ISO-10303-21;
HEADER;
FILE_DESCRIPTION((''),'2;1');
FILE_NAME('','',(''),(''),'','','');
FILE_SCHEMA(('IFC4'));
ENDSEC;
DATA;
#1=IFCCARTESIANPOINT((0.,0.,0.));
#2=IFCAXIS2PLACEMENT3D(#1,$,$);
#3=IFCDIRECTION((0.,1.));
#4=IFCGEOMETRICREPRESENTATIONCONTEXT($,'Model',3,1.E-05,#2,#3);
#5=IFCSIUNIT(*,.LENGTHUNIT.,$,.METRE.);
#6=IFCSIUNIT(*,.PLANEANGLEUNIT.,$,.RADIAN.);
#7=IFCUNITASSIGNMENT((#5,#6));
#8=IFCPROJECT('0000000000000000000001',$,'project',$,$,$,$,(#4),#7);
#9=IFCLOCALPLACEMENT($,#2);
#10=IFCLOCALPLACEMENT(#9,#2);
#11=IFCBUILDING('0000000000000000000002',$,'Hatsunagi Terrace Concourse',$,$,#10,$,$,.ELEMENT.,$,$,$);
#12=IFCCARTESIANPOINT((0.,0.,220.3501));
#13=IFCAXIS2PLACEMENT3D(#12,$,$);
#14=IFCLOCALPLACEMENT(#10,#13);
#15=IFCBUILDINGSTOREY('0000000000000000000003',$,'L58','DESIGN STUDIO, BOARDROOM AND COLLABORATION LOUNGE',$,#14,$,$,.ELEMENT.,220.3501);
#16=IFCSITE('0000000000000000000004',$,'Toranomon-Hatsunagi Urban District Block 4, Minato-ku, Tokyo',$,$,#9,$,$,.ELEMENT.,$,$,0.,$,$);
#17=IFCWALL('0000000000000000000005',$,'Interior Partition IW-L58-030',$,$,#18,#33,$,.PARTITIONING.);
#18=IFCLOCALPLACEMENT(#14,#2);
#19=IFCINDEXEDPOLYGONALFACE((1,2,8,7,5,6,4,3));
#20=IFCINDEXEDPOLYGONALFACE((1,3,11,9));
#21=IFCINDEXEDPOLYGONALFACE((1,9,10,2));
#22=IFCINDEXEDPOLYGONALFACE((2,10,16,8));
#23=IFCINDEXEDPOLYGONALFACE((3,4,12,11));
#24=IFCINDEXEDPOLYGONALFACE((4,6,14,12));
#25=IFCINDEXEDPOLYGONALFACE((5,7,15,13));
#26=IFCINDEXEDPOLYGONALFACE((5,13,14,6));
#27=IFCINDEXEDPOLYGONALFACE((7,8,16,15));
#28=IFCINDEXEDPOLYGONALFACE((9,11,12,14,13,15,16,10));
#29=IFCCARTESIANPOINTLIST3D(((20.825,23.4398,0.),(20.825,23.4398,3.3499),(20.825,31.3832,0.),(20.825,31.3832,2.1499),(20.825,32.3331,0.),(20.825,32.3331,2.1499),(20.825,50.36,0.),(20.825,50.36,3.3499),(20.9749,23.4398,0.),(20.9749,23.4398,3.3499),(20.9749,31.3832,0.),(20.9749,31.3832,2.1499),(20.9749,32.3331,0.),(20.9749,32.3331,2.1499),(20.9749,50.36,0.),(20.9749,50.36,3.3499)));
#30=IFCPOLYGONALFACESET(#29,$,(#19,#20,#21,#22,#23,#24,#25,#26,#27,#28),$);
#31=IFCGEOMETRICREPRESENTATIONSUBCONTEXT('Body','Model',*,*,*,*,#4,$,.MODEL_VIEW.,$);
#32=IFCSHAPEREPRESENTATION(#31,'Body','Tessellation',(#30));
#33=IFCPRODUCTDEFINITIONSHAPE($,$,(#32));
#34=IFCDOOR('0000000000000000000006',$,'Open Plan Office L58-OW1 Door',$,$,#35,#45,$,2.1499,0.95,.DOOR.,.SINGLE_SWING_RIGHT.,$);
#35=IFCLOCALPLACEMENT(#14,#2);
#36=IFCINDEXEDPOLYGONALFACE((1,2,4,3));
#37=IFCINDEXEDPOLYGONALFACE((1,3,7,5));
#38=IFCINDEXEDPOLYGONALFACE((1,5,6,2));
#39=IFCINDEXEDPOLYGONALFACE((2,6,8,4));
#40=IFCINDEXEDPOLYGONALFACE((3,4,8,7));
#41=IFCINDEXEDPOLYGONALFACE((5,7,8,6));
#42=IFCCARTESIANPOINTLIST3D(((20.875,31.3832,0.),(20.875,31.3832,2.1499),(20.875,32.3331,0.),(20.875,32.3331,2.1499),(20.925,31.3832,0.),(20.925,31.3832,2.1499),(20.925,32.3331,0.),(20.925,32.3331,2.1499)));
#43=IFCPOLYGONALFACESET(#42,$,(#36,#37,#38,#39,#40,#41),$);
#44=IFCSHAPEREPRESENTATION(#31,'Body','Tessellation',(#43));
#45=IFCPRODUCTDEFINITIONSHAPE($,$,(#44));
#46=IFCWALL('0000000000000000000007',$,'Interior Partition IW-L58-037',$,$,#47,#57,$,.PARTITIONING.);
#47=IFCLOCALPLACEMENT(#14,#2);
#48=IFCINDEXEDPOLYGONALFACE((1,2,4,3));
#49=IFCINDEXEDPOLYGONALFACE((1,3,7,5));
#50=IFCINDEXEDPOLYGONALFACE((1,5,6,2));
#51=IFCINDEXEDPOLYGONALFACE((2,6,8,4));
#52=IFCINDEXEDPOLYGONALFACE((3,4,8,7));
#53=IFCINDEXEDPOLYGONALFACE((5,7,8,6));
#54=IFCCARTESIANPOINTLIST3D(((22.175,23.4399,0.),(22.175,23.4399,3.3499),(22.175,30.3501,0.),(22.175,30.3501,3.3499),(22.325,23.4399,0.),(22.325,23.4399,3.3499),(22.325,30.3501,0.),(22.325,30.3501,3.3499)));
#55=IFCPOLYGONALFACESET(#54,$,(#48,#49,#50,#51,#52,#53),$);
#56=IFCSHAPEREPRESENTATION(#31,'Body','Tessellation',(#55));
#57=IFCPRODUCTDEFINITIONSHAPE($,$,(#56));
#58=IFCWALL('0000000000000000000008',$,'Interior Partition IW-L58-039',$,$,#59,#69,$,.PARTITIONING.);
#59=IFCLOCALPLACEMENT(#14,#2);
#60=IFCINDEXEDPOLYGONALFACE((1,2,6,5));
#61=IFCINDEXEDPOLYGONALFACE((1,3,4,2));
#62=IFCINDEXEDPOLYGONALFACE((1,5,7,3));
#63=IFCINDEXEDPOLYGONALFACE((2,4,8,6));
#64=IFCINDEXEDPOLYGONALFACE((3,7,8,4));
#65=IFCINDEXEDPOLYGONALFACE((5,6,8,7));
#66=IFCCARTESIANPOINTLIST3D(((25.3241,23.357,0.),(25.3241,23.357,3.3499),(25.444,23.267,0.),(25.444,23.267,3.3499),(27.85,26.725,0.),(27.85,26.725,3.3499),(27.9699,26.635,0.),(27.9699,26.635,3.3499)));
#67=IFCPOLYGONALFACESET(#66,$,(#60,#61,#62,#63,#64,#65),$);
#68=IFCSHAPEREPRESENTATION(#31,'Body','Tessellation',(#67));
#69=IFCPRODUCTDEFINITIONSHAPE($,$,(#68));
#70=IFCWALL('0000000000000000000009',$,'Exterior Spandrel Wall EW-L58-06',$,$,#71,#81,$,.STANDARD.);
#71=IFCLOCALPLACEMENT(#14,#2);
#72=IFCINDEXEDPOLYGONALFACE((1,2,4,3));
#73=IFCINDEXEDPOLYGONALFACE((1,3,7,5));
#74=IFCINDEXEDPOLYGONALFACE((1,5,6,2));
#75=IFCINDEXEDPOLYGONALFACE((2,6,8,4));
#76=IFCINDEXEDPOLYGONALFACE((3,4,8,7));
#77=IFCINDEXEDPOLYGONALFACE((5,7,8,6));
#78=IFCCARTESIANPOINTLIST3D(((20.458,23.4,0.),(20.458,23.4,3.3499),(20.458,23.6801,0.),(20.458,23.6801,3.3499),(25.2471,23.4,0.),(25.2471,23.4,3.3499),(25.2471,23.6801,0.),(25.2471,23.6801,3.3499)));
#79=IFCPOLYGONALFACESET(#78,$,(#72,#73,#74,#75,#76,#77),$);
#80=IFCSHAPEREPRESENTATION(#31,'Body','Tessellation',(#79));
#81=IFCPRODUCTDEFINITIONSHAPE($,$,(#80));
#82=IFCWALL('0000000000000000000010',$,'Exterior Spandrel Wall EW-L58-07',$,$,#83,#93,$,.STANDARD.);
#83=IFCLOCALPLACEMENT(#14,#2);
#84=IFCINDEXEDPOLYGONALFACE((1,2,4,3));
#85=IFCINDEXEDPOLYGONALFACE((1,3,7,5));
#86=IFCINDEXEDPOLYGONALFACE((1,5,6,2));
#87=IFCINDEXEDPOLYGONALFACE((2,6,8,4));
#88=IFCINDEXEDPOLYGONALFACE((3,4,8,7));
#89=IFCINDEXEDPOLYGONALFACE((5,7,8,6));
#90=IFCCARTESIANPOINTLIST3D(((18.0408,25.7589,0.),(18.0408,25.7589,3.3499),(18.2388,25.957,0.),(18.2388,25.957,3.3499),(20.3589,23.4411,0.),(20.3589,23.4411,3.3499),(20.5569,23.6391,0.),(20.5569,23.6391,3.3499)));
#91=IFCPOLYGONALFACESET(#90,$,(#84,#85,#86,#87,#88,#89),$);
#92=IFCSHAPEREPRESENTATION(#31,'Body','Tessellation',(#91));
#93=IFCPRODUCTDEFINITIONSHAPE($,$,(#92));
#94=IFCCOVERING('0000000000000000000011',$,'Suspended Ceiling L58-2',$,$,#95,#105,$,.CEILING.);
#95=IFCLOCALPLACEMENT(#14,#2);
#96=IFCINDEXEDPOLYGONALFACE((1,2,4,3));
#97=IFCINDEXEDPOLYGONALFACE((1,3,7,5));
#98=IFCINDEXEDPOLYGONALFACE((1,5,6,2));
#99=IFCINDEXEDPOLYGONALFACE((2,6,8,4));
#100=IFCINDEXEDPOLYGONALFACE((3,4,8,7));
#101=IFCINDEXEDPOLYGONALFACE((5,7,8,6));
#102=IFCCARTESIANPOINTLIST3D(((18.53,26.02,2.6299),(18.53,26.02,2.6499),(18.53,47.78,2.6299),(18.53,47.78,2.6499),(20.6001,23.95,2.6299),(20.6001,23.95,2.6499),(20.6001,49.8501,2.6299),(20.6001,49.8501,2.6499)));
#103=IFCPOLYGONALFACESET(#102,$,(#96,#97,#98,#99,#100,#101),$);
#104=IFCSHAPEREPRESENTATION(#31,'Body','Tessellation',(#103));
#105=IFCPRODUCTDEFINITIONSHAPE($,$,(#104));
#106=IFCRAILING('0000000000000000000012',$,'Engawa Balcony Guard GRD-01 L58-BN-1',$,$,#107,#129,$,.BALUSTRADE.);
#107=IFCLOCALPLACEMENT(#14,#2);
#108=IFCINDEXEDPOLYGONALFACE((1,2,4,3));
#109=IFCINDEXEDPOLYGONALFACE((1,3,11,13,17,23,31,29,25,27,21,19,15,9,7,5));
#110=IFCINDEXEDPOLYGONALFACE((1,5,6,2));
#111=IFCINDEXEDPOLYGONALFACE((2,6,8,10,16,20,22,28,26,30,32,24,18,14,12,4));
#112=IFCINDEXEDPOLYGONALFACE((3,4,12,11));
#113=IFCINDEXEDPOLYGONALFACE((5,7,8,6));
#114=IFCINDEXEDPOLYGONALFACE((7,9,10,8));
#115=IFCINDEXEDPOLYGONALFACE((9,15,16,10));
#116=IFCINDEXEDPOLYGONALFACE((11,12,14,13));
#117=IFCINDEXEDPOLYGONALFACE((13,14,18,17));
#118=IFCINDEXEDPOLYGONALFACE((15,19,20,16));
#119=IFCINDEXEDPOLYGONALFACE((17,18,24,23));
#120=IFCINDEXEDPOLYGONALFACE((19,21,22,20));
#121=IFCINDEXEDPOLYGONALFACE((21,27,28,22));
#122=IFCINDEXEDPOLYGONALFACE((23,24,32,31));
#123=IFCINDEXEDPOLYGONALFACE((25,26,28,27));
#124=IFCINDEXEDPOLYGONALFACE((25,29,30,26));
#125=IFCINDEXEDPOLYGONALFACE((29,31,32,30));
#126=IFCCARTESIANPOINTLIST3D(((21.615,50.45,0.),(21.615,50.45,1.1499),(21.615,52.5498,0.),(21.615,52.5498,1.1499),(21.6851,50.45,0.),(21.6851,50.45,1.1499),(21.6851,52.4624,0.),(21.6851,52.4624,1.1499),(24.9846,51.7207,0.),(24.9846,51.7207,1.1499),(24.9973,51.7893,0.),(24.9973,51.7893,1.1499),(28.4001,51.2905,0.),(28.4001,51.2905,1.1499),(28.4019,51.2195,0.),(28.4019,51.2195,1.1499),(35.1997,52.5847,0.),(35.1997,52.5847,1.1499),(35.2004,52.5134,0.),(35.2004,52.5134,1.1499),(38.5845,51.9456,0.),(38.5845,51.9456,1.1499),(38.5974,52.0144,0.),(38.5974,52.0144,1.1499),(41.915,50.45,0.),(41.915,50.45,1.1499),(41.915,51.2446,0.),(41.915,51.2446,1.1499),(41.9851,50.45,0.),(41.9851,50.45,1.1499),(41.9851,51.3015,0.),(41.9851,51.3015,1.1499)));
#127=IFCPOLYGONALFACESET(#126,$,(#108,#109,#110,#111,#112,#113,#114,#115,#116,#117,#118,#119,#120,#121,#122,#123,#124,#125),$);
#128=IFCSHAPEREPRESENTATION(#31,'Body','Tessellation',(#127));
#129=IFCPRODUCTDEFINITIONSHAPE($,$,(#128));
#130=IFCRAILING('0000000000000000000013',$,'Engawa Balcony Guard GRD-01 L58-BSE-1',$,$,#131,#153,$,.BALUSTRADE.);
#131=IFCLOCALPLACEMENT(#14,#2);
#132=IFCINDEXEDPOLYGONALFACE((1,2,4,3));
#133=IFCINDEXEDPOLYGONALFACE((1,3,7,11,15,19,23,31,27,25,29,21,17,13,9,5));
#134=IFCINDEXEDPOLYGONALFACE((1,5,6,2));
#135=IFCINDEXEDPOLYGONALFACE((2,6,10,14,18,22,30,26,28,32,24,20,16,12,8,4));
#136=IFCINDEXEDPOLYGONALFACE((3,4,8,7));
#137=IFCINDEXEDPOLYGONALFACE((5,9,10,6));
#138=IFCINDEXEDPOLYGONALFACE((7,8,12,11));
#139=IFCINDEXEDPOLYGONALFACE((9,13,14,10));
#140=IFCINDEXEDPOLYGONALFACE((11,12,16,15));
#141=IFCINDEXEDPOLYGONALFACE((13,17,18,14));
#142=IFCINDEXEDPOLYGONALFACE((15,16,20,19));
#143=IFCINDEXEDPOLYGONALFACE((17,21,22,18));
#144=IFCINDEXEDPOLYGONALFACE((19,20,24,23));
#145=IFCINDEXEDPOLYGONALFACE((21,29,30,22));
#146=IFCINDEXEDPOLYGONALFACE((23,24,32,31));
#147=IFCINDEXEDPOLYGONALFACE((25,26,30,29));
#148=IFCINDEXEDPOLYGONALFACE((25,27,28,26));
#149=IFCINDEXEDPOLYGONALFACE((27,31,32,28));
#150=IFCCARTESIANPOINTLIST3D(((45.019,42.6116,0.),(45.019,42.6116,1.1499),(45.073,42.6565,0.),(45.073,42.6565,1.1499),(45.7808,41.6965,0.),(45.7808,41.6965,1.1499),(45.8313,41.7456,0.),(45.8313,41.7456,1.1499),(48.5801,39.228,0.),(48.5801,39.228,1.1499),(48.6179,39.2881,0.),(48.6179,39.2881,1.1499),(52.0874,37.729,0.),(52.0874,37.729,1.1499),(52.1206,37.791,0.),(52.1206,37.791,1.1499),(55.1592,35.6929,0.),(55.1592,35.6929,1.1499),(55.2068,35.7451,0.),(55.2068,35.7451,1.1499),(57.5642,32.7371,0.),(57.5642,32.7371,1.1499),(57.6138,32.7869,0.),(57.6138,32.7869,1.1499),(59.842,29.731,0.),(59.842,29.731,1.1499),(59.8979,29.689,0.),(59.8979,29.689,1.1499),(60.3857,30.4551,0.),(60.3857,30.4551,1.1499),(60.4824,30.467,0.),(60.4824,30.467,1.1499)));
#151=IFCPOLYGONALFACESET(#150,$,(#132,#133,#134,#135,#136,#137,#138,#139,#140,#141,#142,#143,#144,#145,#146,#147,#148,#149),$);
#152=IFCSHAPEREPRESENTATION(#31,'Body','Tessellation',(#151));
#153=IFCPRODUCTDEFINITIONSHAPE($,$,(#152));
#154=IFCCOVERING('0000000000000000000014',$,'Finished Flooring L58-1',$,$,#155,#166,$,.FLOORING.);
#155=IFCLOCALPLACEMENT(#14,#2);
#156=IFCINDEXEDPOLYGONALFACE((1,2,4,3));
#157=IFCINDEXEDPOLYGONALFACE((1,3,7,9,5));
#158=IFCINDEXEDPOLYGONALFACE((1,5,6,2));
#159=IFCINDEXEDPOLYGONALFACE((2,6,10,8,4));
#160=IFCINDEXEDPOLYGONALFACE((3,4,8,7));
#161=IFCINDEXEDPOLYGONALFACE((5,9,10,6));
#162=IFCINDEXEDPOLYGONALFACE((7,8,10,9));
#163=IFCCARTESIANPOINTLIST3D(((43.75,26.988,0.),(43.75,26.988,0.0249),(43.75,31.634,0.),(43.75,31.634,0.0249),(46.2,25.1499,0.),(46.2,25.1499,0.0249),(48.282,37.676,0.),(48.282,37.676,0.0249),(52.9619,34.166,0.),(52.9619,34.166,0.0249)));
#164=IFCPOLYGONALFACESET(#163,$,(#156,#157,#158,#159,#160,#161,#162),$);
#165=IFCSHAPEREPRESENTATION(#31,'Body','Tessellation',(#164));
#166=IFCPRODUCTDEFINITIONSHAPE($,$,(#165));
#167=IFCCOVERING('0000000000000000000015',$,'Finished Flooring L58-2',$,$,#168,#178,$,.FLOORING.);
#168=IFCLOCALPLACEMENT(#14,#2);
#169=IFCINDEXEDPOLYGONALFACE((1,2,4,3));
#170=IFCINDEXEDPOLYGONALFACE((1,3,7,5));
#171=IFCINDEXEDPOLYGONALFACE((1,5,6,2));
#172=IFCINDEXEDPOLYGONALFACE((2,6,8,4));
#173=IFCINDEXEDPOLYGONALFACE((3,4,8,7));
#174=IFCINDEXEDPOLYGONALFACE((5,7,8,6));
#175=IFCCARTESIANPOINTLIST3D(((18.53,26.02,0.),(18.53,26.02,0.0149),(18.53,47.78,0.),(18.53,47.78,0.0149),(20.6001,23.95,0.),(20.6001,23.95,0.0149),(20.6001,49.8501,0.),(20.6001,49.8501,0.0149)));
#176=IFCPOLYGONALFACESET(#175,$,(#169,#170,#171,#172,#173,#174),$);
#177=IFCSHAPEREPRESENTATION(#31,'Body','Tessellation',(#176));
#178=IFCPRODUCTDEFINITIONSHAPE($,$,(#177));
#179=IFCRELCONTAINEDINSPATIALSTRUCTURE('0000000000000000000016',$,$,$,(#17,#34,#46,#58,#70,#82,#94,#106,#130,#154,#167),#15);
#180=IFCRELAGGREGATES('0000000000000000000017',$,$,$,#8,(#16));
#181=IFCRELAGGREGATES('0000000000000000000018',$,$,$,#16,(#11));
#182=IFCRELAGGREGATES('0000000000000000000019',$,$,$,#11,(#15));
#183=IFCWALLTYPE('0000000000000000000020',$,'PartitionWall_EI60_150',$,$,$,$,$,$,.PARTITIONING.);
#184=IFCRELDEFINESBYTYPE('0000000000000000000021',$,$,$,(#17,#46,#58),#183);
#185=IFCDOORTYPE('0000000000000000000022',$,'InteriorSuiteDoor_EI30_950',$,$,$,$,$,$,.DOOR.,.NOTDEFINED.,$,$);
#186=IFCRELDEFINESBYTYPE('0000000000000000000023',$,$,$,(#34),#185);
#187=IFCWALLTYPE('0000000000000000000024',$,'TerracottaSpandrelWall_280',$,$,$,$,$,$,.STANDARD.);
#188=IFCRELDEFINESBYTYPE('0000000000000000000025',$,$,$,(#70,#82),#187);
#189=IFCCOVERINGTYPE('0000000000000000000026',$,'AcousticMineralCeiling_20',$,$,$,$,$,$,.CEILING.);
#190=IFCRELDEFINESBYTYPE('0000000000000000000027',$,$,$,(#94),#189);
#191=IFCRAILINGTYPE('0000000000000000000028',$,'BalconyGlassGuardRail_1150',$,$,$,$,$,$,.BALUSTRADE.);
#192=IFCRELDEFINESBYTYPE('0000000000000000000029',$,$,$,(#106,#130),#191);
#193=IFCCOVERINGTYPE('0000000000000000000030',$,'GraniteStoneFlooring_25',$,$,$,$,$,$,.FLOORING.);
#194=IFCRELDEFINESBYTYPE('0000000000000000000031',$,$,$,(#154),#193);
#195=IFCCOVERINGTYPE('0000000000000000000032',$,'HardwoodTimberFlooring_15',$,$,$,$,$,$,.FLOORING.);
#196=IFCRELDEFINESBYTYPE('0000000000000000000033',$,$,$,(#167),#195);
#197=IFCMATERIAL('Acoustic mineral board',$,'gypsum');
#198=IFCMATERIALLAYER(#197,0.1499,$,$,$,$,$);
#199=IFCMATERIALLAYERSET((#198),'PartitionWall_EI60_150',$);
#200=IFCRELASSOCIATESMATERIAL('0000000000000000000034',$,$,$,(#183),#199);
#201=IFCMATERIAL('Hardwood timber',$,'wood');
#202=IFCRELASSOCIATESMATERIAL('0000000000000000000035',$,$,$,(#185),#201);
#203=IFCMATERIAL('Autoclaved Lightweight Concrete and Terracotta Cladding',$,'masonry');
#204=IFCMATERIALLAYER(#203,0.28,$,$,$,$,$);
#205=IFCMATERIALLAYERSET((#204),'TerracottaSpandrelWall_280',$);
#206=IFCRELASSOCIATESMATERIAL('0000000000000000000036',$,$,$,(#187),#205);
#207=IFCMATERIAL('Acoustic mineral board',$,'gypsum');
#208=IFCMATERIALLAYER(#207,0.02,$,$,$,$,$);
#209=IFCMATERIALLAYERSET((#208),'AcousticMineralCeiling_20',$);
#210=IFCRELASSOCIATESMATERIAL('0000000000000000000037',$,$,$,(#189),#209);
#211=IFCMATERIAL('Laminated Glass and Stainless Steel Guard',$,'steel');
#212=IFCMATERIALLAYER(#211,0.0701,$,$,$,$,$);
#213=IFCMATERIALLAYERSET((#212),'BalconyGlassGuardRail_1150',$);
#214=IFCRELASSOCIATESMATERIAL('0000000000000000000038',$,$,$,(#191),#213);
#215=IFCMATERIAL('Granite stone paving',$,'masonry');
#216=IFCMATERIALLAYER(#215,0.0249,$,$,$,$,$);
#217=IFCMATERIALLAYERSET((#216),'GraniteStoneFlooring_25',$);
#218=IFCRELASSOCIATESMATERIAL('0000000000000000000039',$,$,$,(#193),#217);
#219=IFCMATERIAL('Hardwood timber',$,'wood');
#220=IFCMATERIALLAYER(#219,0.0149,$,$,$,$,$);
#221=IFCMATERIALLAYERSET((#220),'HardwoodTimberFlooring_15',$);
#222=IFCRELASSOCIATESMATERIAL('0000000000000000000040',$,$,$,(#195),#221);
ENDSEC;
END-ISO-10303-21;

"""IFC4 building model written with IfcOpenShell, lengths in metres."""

from ifc_helpers import new_model, si_unit, direction, frame, frame_2d, origin, place, context, subcontext, project, spatial, polyline, rectangle, outline, extrude, material, layer, layer_set, type_object, element, fill, save


model = new_model("IFC4")

# Units and contexts
model_context = context("Model", 3, precision=1e-05, world=origin(), true_north=direction((0.0, 1.0)))
body_context = subcontext(model_context, "Body", "Model", "MODEL_VIEW")
ifc_project = project(units=[si_unit("LENGTHUNIT", "METRE"), si_unit("PLANEANGLEUNIT", "RADIAN")], contexts=[model_context])

# Site, building, storey
site_placement = place(None, origin())
site = spatial("IfcSite", under=ifc_project, at=site_placement, Name="Toranomon-Hatsunagi Urban District Block 4, Minato-ku, Tokyo", CompositionType="ELEMENT", RefElevation=0.0)
building_placement = place(site_placement, origin())
building = spatial("IfcBuilding", under=site, at=building_placement, Name="Hatsunagi Terrace Concourse", CompositionType="ELEMENT")
storey_placement = place(building_placement, frame((0.0, 0.0, 220.3501)))
storey = spatial("IfcBuildingStorey", under=building, at=storey_placement, Name="L58", Description="DESIGN STUDIO, BOARDROOM AND COLLABORATION LOUNGE", CompositionType="ELEMENT", Elevation=220.3501)

# Shared definitions
ifc_material_1 = material(Name="Acoustic mineral board", Category="gypsum")
ifc_layer_1 = layer(ifc_material_1, 0.1499)
ifc_layer_set_1 = layer_set([ifc_layer_1], Name="PartitionWall_EI60_150")
wall_type_1 = type_object("IfcWallType", Name="PartitionWall_EI60_150", PredefinedType="PARTITIONING", material=ifc_layer_set_1)

# Wall, opening, door
wall_1_placement = place(storey_placement, frame((20.8999, 23.4399, 0.0), z_axis=(0.0, 0.0, 1.0), x_axis=(0.0, 1.0, 0.0)))
wall_1 = element("IfcWall", 1, at=wall_1_placement, inside=storey, type_object=wall_type_1, Name="Interior Partition IW-L58-030", PredefinedType="PARTITIONING", context=body_context, shape_type="SweptSolid", body=[
    extrude(rectangle(XDim=26.9202, YDim=0.1499, at=frame_2d((13.46, 0.0))), origin(), (0.0, 0.0, 1.0), 3.3499),
])
opening_placement = place(wall_1_placement, frame((7.9431, 0.0, 0.0)))
opening = element("IfcOpeningElement", 2, at=opening_placement, cuts=wall_1, PredefinedType="OPENING", context=body_context, shape_type="SweptSolid", body=[
    extrude(rectangle(XDim=0.95, YDim=2.1499, at=frame_2d((0.4751, 1.075))), frame((0.0, 0.085, 0.0), z_axis=(0.0, -1.0, 0.0), x_axis=(1.0, 0.0, 0.0)), (0.0, 0.0, 1.0), 0.1699),
])
ifc_material_2 = material(Name="Hardwood timber", Category="wood")
door_type = type_object("IfcDoorType", Name="InteriorSuiteDoor_EI30_950", OperationType="NOTDEFINED", PredefinedType="DOOR", material=ifc_material_2)
door_placement = place(opening_placement, origin())
door = element("IfcDoor", 3, at=door_placement, inside=storey, type_object=door_type, Name="Open Plan Office L58-OW1 Door", OperationType="SINGLE_SWING_RIGHT", OverallHeight=2.1499, OverallWidth=0.95, PredefinedType="DOOR", context=body_context, shape_type="SweptSolid", body=[
    extrude(rectangle(XDim=0.95, YDim=2.1499, at=frame_2d((0.4751, 1.075))), frame((0.0, 0.0249, 0.0), z_axis=(0.0, -1.0, 0.0), x_axis=(1.0, 0.0, 0.0)), (0.0, 0.0, 1.0), 0.05),
])
fill(opening, door)

# Walls
wall_2_placement = place(storey_placement, frame((22.25, 23.4399, 0.0), z_axis=(0.0, 0.0, 1.0), x_axis=(0.0, 1.0, 0.0)))
element("IfcWall", 4, at=wall_2_placement, inside=storey, type_object=wall_type_1, Name="Interior Partition IW-L58-037", PredefinedType="PARTITIONING", context=body_context, shape_type="SweptSolid", body=[
    extrude(rectangle(XDim=6.9102, YDim=0.1499, at=frame_2d((3.4551, 0.0))), origin(), (0.0, 0.0, 1.0), 3.3499),
])
wall_3_placement = place(storey_placement, frame((25.384, 23.312, 0.0), z_axis=(0.0, 0.0, 1.0), x_axis=(0.599991, 0.800007, 0.0)))
element("IfcWall", 5, at=wall_3_placement, inside=storey, type_object=wall_type_1, Name="Interior Partition IW-L58-039", PredefinedType="PARTITIONING", context=body_context, shape_type="SweptSolid", body=[
    extrude(rectangle(XDim=4.21, YDim=0.1499, at=frame_2d((2.105, 0.0))), origin(), (0.0, 0.0, 1.0), 3.3499),
])
ifc_material_3 = material(Name="Autoclaved Lightweight Concrete and Terracotta Cladding", Category="masonry")
ifc_layer_2 = layer(ifc_material_3, 0.28)
ifc_layer_set_2 = layer_set([ifc_layer_2], Name="TerracottaSpandrelWall_280")
wall_type_2 = type_object("IfcWallType", Name="TerracottaSpandrelWall_280", PredefinedType="STANDARD", material=ifc_layer_set_2)
wall_4_placement = place(storey_placement, frame((25.2471, 23.54, 0.0), z_axis=(0.0, 0.0, 1.0), x_axis=(-1.0, 0.0, 0.0)))
element("IfcWall", 6, at=wall_4_placement, inside=storey, type_object=wall_type_2, Name="Exterior Spandrel Wall EW-L58-06", PredefinedType="STANDARD", context=body_context, shape_type="SweptSolid", body=[
    extrude(rectangle(XDim=4.7891, YDim=0.28, at=frame_2d((2.3945, 0.0))), origin(), (0.0, 0.0, 1.0), 3.3499),
])
wall_5_placement = place(storey_placement, frame((20.458, 23.54, 0.0), z_axis=(0.0, 0.0, 1.0), x_axis=(-0.707144, 0.70707, 0.0)))
element("IfcWall", 7, at=wall_5_placement, inside=storey, type_object=wall_type_2, Name="Exterior Spandrel Wall EW-L58-07", PredefinedType="STANDARD", context=body_context, shape_type="SweptSolid", body=[
    extrude(rectangle(XDim=3.2781, YDim=0.28, at=frame_2d((1.6392, 0.0))), origin(), (0.0, 0.0, 1.0), 3.3499),
])

# Covering
ifc_material_4 = material(Name="Acoustic mineral board", Category="gypsum")
ifc_layer_3 = layer(ifc_material_4, 0.02)
ifc_layer_set_3 = layer_set([ifc_layer_3], Name="AcousticMineralCeiling_20")
covering_type_1 = type_object("IfcCoveringType", Name="AcousticMineralCeiling_20", PredefinedType="CEILING", material=ifc_layer_set_3)
covering_1_placement = place(storey_placement, frame((0.0, 0.0, 2.6299)))
element("IfcCovering", 8, at=covering_1_placement, inside=storey, type_object=covering_type_1, Name="Suspended Ceiling L58-2", PredefinedType="CEILING", context=body_context, shape_type="SweptSolid", body=[
    extrude(outline(polyline([(18.53, 26.02), (20.6001, 23.95), (20.6001, 49.8501), (18.53, 47.78), (18.53, 26.02)])), origin(), (0.0, 0.0, 1.0), 0.02),
])

# Railings
ifc_material_5 = material(Name="Laminated Glass and Stainless Steel Guard", Category="steel")
ifc_layer_4 = layer(ifc_material_5, 0.0701)
ifc_layer_set_4 = layer_set([ifc_layer_4], Name="BalconyGlassGuardRail_1150")
railing_type = type_object("IfcRailingType", Name="BalconyGlassGuardRail_1150", PredefinedType="BALUSTRADE", material=ifc_layer_set_4)
railing_1_placement = place(storey_placement, origin())
element("IfcRailing", 9, at=railing_1_placement, inside=storey, type_object=railing_type, Name="Engawa Balcony Guard GRD-01 L58-BN-1", PredefinedType="BALUSTRADE", context=body_context, shape_type="SweptSolid", body=[
    extrude(outline(polyline([(21.615, 50.45), (21.6851, 50.45), (21.6851, 52.4624), (24.9846, 51.7207), (28.4019, 51.2195), (35.2004, 52.5134), (38.5845, 51.9456), (41.915, 51.2446), (41.915, 50.45), (41.9851, 50.45), (41.9851, 51.3015), (38.5974, 52.0144), (35.1997, 52.5847), (28.4001, 51.2905), (24.9973, 51.7893), (21.615, 52.5498), (21.615, 50.45)])), origin(), (0.0, 0.0, 1.0), 1.1499),
])
railing_2_placement = place(storey_placement, origin())
element("IfcRailing", 10, at=railing_2_placement, inside=storey, type_object=railing_type, Name="Engawa Balcony Guard GRD-01 L58-BSE-1", PredefinedType="BALUSTRADE", context=body_context, shape_type="SweptSolid", body=[
    extrude(outline(polyline([(45.073, 42.6565), (45.019, 42.6116), (45.7808, 41.6965), (48.5801, 39.228), (52.0874, 37.729), (55.1592, 35.6929), (57.5642, 32.7371), (60.3857, 30.4551), (59.842, 29.731), (59.8979, 29.689), (60.4824, 30.467), (57.6138, 32.7869), (55.2068, 35.7451), (52.1206, 37.791), (48.6179, 39.2881), (45.8313, 41.7456), (45.073, 42.6565)])), origin(), (0.0, 0.0, 1.0), 1.1499),
])

# Coverings
ifc_material_6 = material(Name="Granite stone paving", Category="masonry")
ifc_layer_5 = layer(ifc_material_6, 0.0249)
ifc_layer_set_5 = layer_set([ifc_layer_5], Name="GraniteStoneFlooring_25")
covering_type_2 = type_object("IfcCoveringType", Name="GraniteStoneFlooring_25", PredefinedType="FLOORING", material=ifc_layer_set_5)
covering_2_placement = place(storey_placement, origin())
element("IfcCovering", 11, at=covering_2_placement, inside=storey, type_object=covering_type_2, Name="Finished Flooring L58-1", PredefinedType="FLOORING", context=body_context, shape_type="SweptSolid", body=[
    extrude(outline(polyline([(48.282, 37.676), (43.75, 31.634), (43.75, 26.988), (46.2, 25.1499), (52.9619, 34.166), (48.282, 37.676)])), origin(), (0.0, 0.0, 1.0), 0.0249),
])
ifc_material_7 = material(Name="Hardwood timber", Category="wood")
ifc_layer_6 = layer(ifc_material_7, 0.0149)
ifc_layer_set_6 = layer_set([ifc_layer_6], Name="HardwoodTimberFlooring_15")
covering_type_3 = type_object("IfcCoveringType", Name="HardwoodTimberFlooring_15", PredefinedType="FLOORING", material=ifc_layer_set_6)
covering_3_placement = place(storey_placement, origin())
element("IfcCovering", 12, at=covering_3_placement, inside=storey, type_object=covering_type_3, Name="Finished Flooring L58-2", PredefinedType="FLOORING", context=body_context, shape_type="SweptSolid", body=[
    extrude(outline(polyline([(18.53, 26.02), (20.6001, 23.95), (20.6001, 49.8501), (18.53, 47.78), (18.53, 26.02)])), origin(), (0.0, 0.0, 1.0), 0.0149),
])

save(model, "model.ifc")
